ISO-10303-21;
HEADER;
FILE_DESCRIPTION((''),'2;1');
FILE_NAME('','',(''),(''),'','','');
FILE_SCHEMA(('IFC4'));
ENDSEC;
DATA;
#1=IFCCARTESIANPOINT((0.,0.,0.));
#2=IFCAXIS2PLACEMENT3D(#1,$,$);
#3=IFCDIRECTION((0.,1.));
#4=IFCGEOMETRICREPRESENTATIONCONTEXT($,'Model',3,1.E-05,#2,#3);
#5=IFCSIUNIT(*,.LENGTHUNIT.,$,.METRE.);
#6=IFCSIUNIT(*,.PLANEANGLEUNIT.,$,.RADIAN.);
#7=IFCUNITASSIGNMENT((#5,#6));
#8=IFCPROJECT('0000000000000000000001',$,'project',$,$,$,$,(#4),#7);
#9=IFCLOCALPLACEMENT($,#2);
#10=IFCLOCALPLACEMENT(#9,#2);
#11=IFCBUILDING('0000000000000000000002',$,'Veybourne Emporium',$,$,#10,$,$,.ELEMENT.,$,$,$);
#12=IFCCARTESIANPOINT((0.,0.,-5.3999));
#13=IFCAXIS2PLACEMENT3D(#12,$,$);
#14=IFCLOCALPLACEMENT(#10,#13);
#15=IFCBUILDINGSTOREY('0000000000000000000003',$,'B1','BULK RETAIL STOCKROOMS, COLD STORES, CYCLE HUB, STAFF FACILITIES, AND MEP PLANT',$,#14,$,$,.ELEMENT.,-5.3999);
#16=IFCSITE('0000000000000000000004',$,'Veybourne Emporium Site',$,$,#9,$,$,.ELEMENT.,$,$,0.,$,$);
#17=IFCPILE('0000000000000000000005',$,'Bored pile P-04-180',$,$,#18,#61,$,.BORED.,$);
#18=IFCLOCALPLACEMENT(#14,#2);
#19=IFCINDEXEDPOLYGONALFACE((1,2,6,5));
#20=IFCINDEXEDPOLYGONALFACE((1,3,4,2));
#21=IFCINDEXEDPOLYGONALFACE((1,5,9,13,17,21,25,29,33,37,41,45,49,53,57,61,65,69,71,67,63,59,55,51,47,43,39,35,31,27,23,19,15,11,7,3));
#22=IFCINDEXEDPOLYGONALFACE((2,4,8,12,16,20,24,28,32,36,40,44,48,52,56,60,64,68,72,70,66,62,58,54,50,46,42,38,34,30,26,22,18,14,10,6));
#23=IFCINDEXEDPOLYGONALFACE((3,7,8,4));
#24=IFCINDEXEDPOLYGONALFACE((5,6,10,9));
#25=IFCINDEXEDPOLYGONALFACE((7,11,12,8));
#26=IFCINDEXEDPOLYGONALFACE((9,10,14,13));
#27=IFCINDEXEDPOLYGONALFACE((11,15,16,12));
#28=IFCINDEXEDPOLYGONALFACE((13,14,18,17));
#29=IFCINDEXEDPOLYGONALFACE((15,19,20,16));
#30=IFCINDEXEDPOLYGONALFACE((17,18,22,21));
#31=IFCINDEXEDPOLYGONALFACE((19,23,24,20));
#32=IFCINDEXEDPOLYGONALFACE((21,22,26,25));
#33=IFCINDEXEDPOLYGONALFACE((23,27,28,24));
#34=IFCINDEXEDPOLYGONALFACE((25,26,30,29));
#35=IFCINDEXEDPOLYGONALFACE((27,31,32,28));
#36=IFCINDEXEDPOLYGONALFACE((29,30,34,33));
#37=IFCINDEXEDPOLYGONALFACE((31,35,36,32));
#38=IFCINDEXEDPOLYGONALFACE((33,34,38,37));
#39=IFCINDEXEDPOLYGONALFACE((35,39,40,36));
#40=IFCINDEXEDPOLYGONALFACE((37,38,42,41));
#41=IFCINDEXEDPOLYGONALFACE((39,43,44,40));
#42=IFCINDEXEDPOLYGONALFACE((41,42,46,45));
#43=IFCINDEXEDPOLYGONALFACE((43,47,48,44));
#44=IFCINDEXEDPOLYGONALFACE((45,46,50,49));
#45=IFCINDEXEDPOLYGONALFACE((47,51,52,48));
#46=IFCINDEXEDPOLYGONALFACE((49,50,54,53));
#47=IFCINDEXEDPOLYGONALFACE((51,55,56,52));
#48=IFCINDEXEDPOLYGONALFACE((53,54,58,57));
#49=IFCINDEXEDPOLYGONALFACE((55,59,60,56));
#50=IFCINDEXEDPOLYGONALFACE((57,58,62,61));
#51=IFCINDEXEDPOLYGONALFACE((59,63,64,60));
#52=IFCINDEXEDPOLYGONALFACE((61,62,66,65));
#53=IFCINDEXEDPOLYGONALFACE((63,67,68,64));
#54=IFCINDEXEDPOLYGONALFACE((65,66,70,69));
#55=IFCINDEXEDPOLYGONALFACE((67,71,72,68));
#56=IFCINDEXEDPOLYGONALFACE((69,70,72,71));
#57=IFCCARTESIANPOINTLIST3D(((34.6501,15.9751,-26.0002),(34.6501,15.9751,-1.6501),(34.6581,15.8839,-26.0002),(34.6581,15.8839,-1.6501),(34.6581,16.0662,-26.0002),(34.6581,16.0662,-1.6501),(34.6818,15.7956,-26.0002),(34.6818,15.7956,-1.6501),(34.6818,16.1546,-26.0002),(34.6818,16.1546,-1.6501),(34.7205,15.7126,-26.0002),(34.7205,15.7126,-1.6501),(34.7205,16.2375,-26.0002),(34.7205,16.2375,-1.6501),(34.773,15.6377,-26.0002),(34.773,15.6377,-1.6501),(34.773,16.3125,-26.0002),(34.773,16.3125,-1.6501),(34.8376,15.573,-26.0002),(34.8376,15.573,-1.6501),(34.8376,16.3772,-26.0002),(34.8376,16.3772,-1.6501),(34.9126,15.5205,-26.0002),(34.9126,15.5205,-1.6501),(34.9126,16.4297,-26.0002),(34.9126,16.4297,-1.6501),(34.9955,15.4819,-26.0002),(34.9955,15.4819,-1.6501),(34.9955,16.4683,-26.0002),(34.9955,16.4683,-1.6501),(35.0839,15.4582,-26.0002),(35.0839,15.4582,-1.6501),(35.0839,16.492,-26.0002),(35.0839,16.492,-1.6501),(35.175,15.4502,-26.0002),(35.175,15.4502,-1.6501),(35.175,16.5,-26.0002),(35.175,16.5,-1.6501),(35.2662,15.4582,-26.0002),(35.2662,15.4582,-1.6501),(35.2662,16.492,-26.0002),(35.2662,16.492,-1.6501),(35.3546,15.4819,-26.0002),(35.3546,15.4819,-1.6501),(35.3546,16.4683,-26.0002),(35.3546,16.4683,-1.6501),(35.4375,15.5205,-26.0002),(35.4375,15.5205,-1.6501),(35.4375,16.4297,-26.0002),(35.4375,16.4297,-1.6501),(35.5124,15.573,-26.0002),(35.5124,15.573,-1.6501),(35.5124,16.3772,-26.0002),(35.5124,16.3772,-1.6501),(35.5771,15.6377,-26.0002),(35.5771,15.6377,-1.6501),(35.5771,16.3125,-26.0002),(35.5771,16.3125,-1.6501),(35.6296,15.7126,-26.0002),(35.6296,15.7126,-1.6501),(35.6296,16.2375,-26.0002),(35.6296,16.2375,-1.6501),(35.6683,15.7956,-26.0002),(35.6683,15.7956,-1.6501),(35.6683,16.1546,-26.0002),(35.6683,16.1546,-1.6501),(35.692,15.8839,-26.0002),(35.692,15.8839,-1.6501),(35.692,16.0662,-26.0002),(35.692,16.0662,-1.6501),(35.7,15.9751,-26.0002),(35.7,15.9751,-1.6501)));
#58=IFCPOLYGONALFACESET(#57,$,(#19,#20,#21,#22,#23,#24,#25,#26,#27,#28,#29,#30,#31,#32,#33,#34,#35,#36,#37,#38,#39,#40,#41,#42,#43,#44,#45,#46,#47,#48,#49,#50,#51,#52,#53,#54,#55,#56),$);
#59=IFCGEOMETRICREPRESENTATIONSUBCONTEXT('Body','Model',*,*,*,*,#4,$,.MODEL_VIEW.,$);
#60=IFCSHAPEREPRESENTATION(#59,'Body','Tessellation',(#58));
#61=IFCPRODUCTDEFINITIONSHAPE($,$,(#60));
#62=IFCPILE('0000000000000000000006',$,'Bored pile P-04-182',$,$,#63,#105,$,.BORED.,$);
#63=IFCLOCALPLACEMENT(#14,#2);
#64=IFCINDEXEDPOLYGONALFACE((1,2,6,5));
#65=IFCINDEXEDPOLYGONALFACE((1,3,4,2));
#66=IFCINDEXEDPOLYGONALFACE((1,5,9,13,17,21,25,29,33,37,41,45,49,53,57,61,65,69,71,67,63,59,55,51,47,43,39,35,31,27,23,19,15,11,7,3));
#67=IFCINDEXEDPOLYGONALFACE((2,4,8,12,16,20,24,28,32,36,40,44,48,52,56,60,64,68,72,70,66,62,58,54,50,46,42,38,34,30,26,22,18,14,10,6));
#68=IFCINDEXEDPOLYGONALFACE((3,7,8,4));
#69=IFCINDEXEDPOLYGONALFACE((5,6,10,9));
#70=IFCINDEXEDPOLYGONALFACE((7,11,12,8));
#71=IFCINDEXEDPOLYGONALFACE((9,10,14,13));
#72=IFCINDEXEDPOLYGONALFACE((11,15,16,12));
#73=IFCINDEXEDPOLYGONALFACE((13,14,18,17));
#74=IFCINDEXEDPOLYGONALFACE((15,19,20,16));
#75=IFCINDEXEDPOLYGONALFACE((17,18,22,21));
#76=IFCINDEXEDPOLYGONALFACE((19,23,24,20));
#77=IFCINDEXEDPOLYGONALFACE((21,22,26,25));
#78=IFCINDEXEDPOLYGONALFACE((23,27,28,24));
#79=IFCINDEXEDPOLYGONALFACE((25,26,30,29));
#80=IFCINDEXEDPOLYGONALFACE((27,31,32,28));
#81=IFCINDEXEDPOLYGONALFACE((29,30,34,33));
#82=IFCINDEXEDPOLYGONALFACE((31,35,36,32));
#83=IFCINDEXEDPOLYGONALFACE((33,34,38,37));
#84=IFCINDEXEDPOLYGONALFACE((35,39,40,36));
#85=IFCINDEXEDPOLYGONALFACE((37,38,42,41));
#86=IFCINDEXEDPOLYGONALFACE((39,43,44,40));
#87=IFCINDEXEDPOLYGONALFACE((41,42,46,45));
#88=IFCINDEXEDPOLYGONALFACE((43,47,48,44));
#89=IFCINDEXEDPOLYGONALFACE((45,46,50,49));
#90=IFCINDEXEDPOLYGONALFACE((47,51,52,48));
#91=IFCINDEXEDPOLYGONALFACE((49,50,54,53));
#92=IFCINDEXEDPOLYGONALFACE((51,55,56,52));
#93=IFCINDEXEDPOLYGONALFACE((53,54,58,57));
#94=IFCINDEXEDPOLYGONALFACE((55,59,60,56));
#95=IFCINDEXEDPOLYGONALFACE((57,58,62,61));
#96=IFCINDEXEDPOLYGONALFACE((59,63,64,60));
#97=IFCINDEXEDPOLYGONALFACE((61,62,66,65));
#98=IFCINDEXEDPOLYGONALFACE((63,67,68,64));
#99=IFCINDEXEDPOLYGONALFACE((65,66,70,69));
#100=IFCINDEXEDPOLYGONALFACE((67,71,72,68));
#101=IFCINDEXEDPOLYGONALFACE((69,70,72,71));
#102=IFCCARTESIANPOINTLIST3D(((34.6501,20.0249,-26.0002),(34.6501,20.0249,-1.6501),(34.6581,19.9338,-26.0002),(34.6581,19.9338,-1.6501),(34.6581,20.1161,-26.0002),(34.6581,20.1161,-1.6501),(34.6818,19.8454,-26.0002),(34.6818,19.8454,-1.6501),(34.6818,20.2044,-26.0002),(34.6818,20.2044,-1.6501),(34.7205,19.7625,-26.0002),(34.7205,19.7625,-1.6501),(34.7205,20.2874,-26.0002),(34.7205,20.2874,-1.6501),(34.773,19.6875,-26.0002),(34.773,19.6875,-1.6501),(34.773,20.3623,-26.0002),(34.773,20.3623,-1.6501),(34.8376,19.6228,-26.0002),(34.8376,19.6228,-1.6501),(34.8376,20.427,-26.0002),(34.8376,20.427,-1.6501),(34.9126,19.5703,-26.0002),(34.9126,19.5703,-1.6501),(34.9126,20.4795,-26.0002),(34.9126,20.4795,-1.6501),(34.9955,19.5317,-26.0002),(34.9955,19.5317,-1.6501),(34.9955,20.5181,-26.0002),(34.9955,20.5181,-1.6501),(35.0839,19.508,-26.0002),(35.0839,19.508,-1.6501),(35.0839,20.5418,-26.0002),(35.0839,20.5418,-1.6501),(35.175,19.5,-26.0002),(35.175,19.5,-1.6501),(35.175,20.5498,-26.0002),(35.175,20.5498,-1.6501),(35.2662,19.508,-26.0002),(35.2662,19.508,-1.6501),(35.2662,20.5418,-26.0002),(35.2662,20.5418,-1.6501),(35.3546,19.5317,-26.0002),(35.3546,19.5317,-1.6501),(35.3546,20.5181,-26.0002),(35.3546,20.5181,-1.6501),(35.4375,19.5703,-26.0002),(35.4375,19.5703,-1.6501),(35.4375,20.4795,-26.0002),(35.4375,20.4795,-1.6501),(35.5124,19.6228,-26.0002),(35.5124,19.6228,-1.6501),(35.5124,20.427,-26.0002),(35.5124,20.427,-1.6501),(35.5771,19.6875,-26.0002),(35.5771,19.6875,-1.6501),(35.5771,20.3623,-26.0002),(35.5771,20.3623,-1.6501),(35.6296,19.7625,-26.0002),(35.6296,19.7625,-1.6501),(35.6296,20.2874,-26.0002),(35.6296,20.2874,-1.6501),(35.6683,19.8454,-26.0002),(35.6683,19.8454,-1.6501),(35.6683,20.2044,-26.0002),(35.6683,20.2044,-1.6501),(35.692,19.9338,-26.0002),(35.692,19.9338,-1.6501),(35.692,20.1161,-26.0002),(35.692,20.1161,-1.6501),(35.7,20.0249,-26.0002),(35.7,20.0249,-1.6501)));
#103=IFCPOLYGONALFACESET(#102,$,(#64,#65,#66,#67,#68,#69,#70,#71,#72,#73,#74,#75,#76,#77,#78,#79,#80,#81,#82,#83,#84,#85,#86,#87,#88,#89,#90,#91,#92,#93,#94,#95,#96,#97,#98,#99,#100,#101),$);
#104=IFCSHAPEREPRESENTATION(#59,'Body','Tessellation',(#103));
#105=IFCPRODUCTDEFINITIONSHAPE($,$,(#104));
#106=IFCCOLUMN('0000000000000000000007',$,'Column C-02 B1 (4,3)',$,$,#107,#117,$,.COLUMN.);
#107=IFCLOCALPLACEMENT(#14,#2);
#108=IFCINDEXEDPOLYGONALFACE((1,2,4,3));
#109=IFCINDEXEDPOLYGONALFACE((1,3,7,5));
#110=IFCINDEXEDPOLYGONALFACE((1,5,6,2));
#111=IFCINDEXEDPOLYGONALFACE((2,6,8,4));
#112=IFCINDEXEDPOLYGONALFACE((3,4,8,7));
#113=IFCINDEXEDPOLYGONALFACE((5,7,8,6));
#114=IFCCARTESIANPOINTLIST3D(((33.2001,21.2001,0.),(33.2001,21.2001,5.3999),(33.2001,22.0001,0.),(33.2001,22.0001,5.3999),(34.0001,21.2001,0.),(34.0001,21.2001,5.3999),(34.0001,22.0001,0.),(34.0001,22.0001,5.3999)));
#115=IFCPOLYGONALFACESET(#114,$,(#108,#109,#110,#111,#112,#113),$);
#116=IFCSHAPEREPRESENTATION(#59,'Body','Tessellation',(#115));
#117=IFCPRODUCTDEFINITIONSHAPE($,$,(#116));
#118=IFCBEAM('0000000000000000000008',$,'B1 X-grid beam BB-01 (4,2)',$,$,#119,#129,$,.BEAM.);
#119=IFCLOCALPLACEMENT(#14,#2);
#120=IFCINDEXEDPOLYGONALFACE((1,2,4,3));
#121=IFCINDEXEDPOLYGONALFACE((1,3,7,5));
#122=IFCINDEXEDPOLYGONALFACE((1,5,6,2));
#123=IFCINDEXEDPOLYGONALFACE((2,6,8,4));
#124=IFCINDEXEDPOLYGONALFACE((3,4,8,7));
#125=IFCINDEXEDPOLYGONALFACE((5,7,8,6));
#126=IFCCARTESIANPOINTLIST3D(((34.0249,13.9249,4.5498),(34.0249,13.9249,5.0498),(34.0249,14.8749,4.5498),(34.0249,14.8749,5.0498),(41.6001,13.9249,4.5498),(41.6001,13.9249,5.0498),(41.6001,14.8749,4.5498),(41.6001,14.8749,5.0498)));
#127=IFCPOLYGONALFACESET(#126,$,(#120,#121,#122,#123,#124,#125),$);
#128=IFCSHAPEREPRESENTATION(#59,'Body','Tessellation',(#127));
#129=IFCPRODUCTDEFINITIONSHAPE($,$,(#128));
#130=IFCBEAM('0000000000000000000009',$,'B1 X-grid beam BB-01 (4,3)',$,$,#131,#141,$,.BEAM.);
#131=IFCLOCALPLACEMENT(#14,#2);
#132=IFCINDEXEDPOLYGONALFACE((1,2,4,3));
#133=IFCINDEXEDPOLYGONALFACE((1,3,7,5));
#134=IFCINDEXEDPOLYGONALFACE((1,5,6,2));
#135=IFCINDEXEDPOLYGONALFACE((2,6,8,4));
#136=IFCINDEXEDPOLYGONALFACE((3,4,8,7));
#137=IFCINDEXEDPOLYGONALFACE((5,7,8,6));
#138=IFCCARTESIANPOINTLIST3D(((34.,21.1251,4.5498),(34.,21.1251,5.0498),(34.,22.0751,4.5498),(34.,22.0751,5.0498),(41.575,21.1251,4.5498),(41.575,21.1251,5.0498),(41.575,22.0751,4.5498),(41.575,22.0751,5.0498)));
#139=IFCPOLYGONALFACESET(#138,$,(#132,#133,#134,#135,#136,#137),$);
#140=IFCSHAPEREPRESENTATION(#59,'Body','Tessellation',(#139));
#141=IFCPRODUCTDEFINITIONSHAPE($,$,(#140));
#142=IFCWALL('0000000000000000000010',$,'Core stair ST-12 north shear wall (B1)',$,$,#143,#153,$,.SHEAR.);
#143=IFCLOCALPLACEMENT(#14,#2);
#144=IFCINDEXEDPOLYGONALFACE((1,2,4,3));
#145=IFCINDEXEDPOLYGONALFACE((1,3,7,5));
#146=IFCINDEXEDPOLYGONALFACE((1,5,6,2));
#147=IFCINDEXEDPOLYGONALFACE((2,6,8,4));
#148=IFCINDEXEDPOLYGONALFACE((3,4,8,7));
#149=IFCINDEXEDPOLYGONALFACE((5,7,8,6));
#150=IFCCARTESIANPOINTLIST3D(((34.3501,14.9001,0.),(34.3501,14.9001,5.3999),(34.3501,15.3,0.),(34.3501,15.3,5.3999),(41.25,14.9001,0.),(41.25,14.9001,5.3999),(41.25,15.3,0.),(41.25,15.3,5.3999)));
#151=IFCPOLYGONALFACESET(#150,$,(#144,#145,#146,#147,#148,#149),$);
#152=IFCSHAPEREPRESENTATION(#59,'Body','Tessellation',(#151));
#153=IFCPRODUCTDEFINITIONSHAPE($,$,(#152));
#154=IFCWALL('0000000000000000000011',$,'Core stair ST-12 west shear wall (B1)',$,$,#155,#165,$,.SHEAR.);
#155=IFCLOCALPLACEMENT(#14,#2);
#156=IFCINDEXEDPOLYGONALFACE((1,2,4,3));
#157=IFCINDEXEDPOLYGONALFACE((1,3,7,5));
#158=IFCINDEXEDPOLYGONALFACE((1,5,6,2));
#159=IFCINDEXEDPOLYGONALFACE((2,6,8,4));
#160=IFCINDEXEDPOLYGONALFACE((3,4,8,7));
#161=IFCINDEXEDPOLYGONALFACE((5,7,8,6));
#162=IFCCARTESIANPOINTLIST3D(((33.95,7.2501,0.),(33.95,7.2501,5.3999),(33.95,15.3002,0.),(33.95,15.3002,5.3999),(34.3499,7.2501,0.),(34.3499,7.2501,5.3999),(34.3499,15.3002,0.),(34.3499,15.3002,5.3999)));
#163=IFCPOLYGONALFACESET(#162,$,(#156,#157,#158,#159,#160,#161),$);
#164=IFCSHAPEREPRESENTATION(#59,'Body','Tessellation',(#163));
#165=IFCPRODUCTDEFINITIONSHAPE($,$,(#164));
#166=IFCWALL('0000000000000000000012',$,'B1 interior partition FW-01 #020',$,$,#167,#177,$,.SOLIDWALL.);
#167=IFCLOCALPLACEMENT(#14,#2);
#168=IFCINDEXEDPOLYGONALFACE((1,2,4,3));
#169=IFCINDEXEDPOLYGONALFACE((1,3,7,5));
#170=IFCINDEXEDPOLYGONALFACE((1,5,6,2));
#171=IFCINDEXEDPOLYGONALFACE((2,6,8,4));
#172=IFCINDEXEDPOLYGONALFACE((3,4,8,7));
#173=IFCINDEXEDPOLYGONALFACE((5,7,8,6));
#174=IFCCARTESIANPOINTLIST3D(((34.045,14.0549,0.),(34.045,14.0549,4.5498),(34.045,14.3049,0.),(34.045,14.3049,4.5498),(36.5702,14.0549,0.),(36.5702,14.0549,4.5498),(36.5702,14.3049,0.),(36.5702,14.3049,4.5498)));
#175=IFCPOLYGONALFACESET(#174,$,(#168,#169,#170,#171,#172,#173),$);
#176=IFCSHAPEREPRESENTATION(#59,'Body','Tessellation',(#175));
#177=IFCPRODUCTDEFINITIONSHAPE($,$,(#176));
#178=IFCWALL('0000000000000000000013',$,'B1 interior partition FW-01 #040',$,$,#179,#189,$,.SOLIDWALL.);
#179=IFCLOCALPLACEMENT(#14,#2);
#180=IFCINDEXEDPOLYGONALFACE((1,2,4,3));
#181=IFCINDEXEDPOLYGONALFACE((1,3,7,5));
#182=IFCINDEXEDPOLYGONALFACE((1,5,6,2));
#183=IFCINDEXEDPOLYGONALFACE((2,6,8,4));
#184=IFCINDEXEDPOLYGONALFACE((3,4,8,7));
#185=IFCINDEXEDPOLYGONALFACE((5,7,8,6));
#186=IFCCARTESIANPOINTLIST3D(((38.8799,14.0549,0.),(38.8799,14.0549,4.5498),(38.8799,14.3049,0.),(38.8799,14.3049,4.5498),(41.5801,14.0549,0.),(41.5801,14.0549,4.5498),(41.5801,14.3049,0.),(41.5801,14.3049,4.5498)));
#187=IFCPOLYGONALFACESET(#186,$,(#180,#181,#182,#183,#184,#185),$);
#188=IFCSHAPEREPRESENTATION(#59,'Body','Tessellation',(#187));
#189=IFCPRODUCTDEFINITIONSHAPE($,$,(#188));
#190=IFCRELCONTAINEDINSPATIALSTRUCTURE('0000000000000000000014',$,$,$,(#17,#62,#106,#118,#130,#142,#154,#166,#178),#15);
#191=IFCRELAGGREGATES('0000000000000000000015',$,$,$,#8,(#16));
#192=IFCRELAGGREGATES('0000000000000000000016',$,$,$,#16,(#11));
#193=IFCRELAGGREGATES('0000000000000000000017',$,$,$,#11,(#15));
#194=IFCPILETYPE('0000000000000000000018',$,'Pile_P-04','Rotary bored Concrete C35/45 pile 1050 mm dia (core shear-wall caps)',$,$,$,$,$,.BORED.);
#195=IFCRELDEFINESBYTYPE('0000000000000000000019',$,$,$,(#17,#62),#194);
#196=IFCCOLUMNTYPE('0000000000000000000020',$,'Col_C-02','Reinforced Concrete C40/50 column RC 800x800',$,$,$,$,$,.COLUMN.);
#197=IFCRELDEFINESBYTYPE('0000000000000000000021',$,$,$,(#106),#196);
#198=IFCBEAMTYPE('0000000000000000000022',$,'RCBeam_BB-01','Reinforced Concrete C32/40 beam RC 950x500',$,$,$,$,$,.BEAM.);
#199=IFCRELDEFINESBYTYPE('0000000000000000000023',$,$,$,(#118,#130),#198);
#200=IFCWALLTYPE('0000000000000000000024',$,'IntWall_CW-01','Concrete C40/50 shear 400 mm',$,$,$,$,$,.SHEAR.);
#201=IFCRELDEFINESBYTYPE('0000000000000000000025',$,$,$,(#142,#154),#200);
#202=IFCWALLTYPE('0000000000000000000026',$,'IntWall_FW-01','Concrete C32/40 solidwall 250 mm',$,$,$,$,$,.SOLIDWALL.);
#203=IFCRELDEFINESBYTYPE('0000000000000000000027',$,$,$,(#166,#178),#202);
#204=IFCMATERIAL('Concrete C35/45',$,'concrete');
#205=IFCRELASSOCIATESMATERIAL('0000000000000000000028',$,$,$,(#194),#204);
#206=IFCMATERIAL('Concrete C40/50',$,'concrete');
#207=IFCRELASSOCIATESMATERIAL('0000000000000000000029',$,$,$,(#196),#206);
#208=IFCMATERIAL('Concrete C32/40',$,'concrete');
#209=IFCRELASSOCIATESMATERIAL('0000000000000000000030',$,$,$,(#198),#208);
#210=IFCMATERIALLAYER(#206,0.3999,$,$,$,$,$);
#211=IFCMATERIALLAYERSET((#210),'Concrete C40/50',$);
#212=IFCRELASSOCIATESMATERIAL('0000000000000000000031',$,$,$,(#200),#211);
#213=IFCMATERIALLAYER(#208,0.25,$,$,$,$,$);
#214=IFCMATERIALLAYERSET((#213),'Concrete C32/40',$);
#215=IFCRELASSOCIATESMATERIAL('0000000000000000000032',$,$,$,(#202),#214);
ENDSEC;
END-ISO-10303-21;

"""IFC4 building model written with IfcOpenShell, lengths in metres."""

from ifc_helpers import new_model, si_unit, direction, frame, frame_2d, origin, origin_2d, place, context, subcontext, project, spatial, rectangle, circle, extrude, material, layer, layer_set, material_profile, profile_set, type_object, element, save


model = new_model("IFC4")

# Units and contexts
model_context = context("Model", 3, precision=1e-05, world=origin(), true_north=direction((0.0, 1.0)))
body_context = subcontext(model_context, "Body", "Model", "MODEL_VIEW")
ifc_project = project(units=[si_unit("LENGTHUNIT", "METRE"), si_unit("PLANEANGLEUNIT", "RADIAN")], contexts=[model_context])

# Site, building, storey
site_placement = place(None, origin())
site = spatial("IfcSite", under=ifc_project, at=site_placement, Name="Veybourne Emporium Site", CompositionType="ELEMENT", RefElevation=0.0)
building_placement = place(site_placement, origin())
building = spatial("IfcBuilding", under=site, at=building_placement, Name="Veybourne Emporium", CompositionType="ELEMENT")
storey_placement = place(building_placement, frame((0.0, 0.0, -5.3999)))
storey = spatial("IfcBuildingStorey", under=building, at=storey_placement, Name="B1", Description="BULK RETAIL STOCKROOMS, COLD STORES, CYCLE HUB, STAFF FACILITIES, AND MEP PLANT", CompositionType="ELEMENT", Elevation=-5.3999)

# Shared definitions
ifc_material_1 = material(Name="Concrete C35/45", Category="concrete")

# Piles
ifc_material_profile_1 = material_profile(ifc_material_1, circle(Radius=0.5249, at=origin_2d()), Name="BORED PILE 1050")
ifc_profile_set_1 = profile_set([ifc_material_profile_1], Name="Concrete C35/45")
pile_type_1 = type_object("IfcPileType", Name="Pile_P-04", Description="Rotary bored Concrete C35/45 pile 1050 mm dia (core shear-wall caps)", PredefinedType="BORED", material=ifc_profile_set_1)
for number, where, z_axis, x_axis, name in (
    (1, (35.175, 15.9751, -1.6501), (0.0, 0.0, -1.0), (1.0, 0.0, 0.0), "Bored pile P-04-180"),
    (2, (35.175, 20.0249, -1.6501), (0.0, 0.0, -1.0), (1.0, 0.0, 0.0), "Bored pile P-04-182"),
):
    element("IfcPile", number, at=place(storey_placement, frame(where, z_axis=z_axis, x_axis=x_axis)), inside=storey, type_object=pile_type_1, Name=name, PredefinedType="BORED", context=body_context, shape_type="SweptSolid", body=[
        extrude(circle(Radius=0.5249, at=origin_2d()), origin(), (0.0, 0.0, 1.0), 24.3501),
    ])

# Column
ifc_material_2 = material(Name="Concrete C40/50", Category="concrete")
ifc_material_profile_2 = material_profile(ifc_material_2, rectangle(XDim=0.8, YDim=0.8, at=origin_2d()), Name="RC 800x800")
ifc_profile_set_2 = profile_set([ifc_material_profile_2], Name="Concrete C40/50")
column_type = type_object("IfcColumnType", Name="Col_C-02", Description="Reinforced Concrete C40/50 column RC 800x800", PredefinedType="COLUMN", material=ifc_profile_set_2)
column_placement = place(storey_placement, frame((33.6001, 21.6001, 0.0), z_axis=(0.0, 0.0, 1.0), x_axis=(1.0, 0.0, 0.0)))
element("IfcColumn", 3, at=column_placement, inside=storey, type_object=column_type, Name="Column C-02 B1 (4,3)", PredefinedType="COLUMN", context=body_context, shape_type="SweptSolid", body=[
    extrude(rectangle(XDim=0.8, YDim=0.8, at=origin_2d()), origin(), (0.0, 0.0, 1.0), 5.3999),
])

# Beams
ifc_material_3 = material(Name="Concrete C32/40", Category="concrete")
ifc_material_profile_3 = material_profile(ifc_material_3, rectangle(XDim=0.95, YDim=0.5, at=origin_2d()), Name="RC 950x500")
ifc_profile_set_3 = profile_set([ifc_material_profile_3], Name="Concrete C32/40")
beam_type = type_object("IfcBeamType", Name="RCBeam_BB-01", Description="Reinforced Concrete C32/40 beam RC 950x500", PredefinedType="BEAM", material=ifc_profile_set_3)
beam_1_placement = place(storey_placement, frame((34.0249, 14.3999, 4.7998), z_axis=(1.0, 0.0, 0.0), x_axis=(0.0, 1.0, 0.0)))
element("IfcBeam", 4, at=beam_1_placement, inside=storey, type_object=beam_type, Name="B1 X-grid beam BB-01 (4,2)", PredefinedType="BEAM", context=body_context, shape_type="SweptSolid", body=[
    extrude(rectangle(XDim=0.95, YDim=0.5, at=origin_2d()), origin(), (0.0, 0.0, 1.0), 7.5752),
])
beam_2_placement = place(storey_placement, frame((34.0, 21.6001, 4.7998), z_axis=(1.0, 0.0, 0.0), x_axis=(0.0, 1.0, 0.0)))
element("IfcBeam", 5, at=beam_2_placement, inside=storey, type_object=beam_type, Name="B1 X-grid beam BB-01 (4,3)", PredefinedType="BEAM", context=body_context, shape_type="SweptSolid", body=[
    extrude(rectangle(XDim=0.95, YDim=0.5, at=origin_2d()), origin(), (0.0, 0.0, 1.0), 7.575),
])

# Walls
ifc_layer_1 = layer(ifc_material_2, 0.3999)
ifc_layer_set_1 = layer_set([ifc_layer_1], Name="Concrete C40/50")
wall_type_1 = type_object("IfcWallType", Name="IntWall_CW-01", Description="Concrete C40/50 shear 400 mm", PredefinedType="SHEAR", material=ifc_layer_set_1)
wall_1_placement = place(storey_placement, frame((34.3501, 15.1001, 0.0), z_axis=(0.0, 0.0, 1.0), x_axis=(1.0, 0.0, 0.0)))
element("IfcWall", 6, at=wall_1_placement, inside=storey, type_object=wall_type_1, Name="Core stair ST-12 north shear wall (B1)", PredefinedType="SHEAR", context=body_context, shape_type="SweptSolid", body=[
    extrude(rectangle(XDim=6.8999, YDim=0.3999, at=frame_2d((3.45, 0.0))), origin(), (0.0, 0.0, 1.0), 5.3999),
])
wall_2_placement = place(storey_placement, frame((34.1499, 15.3, 0.0), z_axis=(0.0, 0.0, 1.0), x_axis=(0.0, -1.0, 0.0)))
element("IfcWall", 7, at=wall_2_placement, inside=storey, type_object=wall_type_1, Name="Core stair ST-12 west shear wall (B1)", PredefinedType="SHEAR", context=body_context, shape_type="SweptSolid", body=[
    extrude(rectangle(XDim=8.05, YDim=0.3999, at=frame_2d((4.0249, 0.0))), origin(), (0.0, 0.0, 1.0), 5.3999),
])
ifc_layer_2 = layer(ifc_material_3, 0.25)
ifc_layer_set_2 = layer_set([ifc_layer_2], Name="Concrete C32/40")
wall_type_2 = type_object("IfcWallType", Name="IntWall_FW-01", Description="Concrete C32/40 solidwall 250 mm", PredefinedType="SOLIDWALL", material=ifc_layer_set_2)
wall_3_placement = place(storey_placement, frame((34.0449, 14.1799, 0.0), z_axis=(0.0, 0.0, 1.0), x_axis=(1.0, 0.0, 0.0)))
element("IfcWall", 8, at=wall_3_placement, inside=storey, type_object=wall_type_2, Name="B1 interior partition FW-01 #020", PredefinedType="SOLIDWALL", context=body_context, shape_type="SweptSolid", body=[
    extrude(rectangle(XDim=2.5251, YDim=0.25, at=frame_2d((1.2627, 0.0))), origin(), (0.0, 0.0, 1.0), 4.5498),
])
wall_4_placement = place(storey_placement, frame((38.8799, 14.1799, 0.0), z_axis=(0.0, 0.0, 1.0), x_axis=(1.0, 0.0, 0.0)))
element("IfcWall", 9, at=wall_4_placement, inside=storey, type_object=wall_type_2, Name="B1 interior partition FW-01 #040", PredefinedType="SOLIDWALL", context=body_context, shape_type="SweptSolid", body=[
    extrude(rectangle(XDim=2.7002, YDim=0.25, at=frame_2d((1.3501, 0.0))), origin(), (0.0, 0.0, 1.0), 4.5498),
])

save(model, "model.ifc")
